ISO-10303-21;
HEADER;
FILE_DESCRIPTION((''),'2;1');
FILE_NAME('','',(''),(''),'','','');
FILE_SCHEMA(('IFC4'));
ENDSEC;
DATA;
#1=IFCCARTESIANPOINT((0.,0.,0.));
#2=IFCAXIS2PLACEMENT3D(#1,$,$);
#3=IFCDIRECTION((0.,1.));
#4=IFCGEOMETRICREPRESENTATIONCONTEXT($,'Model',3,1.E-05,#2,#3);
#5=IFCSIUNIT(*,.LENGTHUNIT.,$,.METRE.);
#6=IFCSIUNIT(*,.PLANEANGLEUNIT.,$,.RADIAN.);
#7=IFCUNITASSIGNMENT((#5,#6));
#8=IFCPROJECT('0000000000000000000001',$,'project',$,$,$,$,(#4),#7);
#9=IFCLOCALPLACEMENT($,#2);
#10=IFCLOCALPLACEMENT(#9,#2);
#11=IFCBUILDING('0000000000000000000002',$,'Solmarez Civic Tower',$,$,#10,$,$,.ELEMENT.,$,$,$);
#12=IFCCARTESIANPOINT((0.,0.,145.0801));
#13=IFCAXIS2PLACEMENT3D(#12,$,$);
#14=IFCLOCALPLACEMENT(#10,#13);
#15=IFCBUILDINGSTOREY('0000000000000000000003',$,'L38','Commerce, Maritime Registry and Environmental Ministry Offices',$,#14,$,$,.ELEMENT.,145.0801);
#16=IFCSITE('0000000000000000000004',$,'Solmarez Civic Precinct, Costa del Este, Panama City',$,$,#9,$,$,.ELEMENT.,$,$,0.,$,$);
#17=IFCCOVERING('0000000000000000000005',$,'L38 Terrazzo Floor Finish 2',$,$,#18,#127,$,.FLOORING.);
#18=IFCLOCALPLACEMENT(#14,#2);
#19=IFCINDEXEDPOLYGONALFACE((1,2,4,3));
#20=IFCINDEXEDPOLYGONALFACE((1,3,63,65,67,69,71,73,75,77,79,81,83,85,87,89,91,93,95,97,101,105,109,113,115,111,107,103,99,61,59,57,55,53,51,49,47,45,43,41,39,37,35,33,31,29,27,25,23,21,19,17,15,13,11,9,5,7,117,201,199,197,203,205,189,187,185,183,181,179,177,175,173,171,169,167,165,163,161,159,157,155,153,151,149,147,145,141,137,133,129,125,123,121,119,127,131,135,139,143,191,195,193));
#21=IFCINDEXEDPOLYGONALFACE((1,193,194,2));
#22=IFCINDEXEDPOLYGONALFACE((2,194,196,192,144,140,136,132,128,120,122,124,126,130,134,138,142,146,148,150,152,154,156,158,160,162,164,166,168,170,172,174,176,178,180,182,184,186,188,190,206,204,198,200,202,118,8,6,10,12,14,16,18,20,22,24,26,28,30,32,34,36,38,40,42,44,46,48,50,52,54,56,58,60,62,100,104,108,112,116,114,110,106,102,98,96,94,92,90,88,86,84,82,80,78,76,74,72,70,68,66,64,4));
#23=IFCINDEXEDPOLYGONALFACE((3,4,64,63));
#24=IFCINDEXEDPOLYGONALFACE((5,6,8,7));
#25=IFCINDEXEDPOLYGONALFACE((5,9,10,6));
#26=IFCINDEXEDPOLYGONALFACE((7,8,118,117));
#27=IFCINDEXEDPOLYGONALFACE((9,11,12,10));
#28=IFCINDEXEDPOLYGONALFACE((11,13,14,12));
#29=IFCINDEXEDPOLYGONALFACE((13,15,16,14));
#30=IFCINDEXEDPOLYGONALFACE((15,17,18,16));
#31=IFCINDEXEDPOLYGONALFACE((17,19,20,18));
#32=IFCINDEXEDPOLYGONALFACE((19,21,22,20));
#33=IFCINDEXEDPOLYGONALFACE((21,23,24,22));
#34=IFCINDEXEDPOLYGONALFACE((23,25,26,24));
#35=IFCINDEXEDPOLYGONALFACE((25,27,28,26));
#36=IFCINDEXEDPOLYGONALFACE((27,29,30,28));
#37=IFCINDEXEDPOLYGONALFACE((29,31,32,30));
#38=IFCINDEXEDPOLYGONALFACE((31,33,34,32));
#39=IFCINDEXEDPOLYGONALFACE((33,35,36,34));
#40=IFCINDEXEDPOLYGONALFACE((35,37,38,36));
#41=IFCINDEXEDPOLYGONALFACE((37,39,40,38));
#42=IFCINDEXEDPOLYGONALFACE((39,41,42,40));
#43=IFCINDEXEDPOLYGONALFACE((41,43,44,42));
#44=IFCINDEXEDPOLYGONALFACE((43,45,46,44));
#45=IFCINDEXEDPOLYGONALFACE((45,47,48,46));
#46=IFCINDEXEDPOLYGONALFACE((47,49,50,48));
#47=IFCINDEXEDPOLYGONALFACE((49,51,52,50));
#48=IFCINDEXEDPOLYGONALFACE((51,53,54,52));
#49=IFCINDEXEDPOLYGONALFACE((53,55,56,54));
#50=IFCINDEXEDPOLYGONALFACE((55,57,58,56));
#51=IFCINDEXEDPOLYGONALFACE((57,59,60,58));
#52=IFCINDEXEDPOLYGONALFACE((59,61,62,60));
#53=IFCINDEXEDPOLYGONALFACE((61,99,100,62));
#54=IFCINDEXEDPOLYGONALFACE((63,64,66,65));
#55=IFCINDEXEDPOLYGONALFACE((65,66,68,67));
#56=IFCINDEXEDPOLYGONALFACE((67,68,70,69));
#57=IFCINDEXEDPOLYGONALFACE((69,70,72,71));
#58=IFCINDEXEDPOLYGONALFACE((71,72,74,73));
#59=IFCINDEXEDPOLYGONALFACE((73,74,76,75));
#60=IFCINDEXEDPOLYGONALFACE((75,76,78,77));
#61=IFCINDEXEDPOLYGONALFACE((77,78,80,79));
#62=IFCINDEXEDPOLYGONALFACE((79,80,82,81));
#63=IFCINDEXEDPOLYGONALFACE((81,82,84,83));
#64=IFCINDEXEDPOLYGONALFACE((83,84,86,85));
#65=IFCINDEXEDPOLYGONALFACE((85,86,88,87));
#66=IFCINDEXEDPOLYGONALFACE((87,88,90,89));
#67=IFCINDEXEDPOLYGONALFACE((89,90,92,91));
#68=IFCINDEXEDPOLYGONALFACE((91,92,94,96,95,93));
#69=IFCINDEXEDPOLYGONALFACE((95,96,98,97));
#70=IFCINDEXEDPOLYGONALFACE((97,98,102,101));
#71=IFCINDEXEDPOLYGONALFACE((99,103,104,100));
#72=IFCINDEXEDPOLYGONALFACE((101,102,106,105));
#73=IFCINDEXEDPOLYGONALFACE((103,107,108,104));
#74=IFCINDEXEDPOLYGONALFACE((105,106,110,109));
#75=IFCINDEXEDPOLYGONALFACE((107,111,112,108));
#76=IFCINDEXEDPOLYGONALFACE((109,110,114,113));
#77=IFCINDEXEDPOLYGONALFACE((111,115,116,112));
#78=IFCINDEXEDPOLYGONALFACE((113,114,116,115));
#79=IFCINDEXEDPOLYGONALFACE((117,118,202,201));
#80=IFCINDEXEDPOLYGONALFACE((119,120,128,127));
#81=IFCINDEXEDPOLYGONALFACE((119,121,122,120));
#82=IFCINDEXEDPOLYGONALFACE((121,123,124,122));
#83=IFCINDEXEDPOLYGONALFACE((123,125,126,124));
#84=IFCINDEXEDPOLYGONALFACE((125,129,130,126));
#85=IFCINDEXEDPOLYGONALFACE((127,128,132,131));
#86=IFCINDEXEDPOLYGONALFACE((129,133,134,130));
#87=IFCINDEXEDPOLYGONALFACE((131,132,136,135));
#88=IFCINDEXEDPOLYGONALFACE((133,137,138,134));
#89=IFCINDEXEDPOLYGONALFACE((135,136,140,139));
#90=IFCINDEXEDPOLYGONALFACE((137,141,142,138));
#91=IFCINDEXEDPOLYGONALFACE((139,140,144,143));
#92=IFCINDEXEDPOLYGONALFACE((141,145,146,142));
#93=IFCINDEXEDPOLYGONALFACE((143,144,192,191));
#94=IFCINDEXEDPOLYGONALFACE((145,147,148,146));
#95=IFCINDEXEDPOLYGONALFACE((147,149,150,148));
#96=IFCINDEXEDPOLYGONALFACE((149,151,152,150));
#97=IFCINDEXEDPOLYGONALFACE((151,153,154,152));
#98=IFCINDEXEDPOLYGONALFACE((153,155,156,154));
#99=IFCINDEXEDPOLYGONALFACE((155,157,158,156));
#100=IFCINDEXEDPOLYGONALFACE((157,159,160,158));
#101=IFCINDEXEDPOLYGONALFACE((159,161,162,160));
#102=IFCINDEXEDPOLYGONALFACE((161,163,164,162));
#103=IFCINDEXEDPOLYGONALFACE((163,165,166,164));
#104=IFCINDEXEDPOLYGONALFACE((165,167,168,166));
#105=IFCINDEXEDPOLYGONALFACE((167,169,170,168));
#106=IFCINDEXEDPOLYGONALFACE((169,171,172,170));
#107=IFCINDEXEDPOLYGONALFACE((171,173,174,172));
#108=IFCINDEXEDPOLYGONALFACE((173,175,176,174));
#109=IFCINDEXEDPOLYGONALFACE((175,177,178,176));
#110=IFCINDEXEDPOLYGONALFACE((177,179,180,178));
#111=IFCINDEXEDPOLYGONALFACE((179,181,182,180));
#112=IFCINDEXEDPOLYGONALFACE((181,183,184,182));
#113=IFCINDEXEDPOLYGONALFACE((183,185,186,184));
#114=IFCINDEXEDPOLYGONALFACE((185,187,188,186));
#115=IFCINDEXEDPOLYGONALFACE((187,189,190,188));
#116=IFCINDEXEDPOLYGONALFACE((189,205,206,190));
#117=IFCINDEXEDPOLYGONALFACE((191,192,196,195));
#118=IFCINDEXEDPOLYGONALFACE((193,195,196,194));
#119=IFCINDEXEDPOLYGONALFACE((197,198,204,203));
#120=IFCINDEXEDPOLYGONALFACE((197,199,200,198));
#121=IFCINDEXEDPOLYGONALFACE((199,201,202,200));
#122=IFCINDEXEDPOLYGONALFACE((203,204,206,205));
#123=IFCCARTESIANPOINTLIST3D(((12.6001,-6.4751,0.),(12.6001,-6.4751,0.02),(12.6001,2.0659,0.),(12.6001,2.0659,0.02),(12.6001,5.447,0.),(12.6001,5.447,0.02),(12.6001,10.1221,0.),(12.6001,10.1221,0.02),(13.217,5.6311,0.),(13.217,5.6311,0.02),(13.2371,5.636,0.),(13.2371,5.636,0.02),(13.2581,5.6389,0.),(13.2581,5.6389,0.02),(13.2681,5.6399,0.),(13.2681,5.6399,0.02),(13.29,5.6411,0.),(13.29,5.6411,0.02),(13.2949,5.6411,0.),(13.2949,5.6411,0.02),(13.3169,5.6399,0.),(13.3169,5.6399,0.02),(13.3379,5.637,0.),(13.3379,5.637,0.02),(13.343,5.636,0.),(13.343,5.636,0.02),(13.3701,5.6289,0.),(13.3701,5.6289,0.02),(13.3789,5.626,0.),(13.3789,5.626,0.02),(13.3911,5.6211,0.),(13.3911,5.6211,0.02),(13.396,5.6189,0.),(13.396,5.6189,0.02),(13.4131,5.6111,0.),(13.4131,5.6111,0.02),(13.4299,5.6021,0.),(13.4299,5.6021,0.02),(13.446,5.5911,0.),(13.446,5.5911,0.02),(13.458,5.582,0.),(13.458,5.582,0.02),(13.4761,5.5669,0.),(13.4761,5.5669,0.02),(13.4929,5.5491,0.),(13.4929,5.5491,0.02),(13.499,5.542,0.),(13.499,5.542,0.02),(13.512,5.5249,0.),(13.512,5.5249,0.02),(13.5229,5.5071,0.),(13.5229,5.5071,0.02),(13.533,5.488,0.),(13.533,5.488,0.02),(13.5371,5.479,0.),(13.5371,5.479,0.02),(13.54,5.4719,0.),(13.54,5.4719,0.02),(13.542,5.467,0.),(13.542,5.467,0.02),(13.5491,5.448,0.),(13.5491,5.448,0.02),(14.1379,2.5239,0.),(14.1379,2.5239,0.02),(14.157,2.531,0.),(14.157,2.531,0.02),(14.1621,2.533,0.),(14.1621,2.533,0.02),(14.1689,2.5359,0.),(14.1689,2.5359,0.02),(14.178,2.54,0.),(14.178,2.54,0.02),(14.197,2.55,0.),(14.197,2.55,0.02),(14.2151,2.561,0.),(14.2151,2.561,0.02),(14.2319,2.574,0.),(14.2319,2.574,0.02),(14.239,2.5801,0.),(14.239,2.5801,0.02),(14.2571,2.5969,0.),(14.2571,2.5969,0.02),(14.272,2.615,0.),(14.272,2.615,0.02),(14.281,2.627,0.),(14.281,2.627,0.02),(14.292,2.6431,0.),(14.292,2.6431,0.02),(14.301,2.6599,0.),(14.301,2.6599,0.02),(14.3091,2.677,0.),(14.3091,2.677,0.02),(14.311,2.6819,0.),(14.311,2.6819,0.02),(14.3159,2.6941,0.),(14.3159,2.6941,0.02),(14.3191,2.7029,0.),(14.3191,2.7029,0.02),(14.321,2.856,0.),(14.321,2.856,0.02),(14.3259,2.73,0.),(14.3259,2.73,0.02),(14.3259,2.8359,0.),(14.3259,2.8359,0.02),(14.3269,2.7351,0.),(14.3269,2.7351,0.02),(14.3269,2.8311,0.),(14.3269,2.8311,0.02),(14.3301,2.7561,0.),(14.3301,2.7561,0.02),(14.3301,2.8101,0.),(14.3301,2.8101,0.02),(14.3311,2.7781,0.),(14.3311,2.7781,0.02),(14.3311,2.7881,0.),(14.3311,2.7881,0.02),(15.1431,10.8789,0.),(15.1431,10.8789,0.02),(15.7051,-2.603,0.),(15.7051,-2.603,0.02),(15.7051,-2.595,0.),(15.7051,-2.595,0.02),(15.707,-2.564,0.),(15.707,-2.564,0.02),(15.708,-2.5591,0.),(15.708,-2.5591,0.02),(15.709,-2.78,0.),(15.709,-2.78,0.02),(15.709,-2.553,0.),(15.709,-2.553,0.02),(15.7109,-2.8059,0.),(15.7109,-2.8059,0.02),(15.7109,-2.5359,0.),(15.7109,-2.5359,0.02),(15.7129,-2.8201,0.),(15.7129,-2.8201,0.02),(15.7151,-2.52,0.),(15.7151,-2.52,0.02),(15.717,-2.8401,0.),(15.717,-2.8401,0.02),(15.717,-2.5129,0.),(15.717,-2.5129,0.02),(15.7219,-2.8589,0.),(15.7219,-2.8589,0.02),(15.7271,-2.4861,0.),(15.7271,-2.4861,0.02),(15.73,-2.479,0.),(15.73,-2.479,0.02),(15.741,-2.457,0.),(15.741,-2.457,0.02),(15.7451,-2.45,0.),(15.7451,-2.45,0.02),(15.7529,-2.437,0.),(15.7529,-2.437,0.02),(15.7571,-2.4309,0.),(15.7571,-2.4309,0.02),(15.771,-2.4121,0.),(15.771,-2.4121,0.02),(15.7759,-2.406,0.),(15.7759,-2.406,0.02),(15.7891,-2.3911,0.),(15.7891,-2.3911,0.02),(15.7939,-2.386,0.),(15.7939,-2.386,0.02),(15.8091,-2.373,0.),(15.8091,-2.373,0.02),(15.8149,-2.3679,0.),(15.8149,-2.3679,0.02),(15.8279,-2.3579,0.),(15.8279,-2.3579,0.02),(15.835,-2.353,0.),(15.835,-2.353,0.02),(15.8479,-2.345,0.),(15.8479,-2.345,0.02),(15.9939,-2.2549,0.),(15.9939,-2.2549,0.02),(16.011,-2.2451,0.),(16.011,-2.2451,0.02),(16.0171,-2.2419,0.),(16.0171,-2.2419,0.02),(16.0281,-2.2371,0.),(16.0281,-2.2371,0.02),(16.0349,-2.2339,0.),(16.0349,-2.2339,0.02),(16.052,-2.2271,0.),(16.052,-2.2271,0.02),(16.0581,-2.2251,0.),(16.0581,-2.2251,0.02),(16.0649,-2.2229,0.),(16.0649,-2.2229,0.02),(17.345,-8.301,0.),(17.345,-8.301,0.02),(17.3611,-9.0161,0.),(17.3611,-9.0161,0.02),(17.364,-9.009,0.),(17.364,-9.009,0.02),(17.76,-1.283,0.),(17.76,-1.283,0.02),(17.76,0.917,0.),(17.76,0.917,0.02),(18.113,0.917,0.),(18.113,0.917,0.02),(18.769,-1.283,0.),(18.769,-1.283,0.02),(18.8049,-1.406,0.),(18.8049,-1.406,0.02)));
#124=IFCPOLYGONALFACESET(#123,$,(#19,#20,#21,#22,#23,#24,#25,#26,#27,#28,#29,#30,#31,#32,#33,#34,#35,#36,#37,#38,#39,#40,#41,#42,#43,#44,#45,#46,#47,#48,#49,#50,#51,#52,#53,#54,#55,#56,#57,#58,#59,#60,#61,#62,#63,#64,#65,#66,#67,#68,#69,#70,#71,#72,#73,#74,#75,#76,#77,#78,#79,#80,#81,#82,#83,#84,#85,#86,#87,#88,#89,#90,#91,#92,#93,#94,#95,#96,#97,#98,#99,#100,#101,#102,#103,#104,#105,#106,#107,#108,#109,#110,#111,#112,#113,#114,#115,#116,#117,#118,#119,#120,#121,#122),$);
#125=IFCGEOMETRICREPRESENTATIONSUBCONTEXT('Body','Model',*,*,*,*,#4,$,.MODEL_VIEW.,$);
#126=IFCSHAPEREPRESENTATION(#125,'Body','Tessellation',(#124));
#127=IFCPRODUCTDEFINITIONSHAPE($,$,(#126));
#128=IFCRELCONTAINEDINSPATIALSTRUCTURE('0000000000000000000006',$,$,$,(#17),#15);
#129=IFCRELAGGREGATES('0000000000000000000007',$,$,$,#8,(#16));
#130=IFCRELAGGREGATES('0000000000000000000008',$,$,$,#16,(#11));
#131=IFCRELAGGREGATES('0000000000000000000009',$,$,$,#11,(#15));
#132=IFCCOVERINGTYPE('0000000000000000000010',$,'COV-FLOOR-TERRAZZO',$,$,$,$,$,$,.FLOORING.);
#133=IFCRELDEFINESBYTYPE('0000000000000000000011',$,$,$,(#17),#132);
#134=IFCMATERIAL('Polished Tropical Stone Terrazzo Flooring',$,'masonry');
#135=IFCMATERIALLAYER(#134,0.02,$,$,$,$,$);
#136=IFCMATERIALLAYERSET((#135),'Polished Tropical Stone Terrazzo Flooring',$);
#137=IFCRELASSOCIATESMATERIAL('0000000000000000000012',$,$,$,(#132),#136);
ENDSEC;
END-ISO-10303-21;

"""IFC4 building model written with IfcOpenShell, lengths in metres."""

from ifc_helpers import new_model, si_unit, direction, frame, origin, place, context, subcontext, project, spatial, polyline, outline, extrude, material, layer, layer_set, type_object, element, save


model = new_model("IFC4")

# Units and contexts
model_context = context("Model", 3, precision=1e-05, world=origin(), true_north=direction((0.0, 1.0)))
body_context = subcontext(model_context, "Body", "Model", "MODEL_VIEW")
ifc_project = project(units=[si_unit("LENGTHUNIT", "METRE"), si_unit("PLANEANGLEUNIT", "RADIAN")], contexts=[model_context])

# Site, building, storey
site_placement = place(None, origin())
site = spatial("IfcSite", under=ifc_project, at=site_placement, Name="Solmarez Civic Precinct, Costa del Este, Panama City", CompositionType="ELEMENT", RefElevation=0.0)
building_placement = place(site_placement, origin())
building = spatial("IfcBuilding", under=site, at=building_placement, Name="Solmarez Civic Tower", CompositionType="ELEMENT")
storey_placement = place(building_placement, frame((0.0, 0.0, 145.0801)))
storey = spatial("IfcBuildingStorey", under=building, at=storey_placement, Name="L38", Description="Commerce, Maritime Registry and Environmental Ministry Offices", CompositionType="ELEMENT", Elevation=145.0801)

# Covering
ifc_material_1 = material(Name="Polished Tropical Stone Terrazzo Flooring", Category="masonry")
ifc_layer_1 = layer(ifc_material_1, 0.02)
ifc_layer_set_1 = layer_set([ifc_layer_1], Name="Polished Tropical Stone Terrazzo Flooring")
covering_type_1 = type_object("IfcCoveringType", Name="COV-FLOOR-TERRAZZO", PredefinedType="FLOORING", material=ifc_layer_set_1)
covering_1_placement = place(storey_placement, origin())
element("IfcCovering", 1, at=covering_1_placement, inside=storey, type_object=covering_type_1, Name="L38 Terrazzo Floor Finish 2", PredefinedType="FLOORING", context=body_context, shape_type="SweptSolid", body=[
    extrude(outline(polyline([(12.6001, 10.1221), (12.6001, 5.447), (13.217, 5.6311), (13.2371, 5.636), (13.2581, 5.6389), (13.2681, 5.6399), (13.29, 5.6411), (13.2949, 5.6411), (13.3169, 5.6399), (13.3379, 5.637), (13.343, 5.636), (13.3701, 5.6289), (13.3789, 5.626), (13.3911, 5.6211), (13.396, 5.6189), (13.4131, 5.6111), (13.4299, 5.6021), (13.446, 5.5911), (13.458, 5.582), (13.4761, 5.5669), (13.4929, 5.5491), (13.499, 5.542), (13.512, 5.5249), (13.5229, 5.5071), (13.533, 5.488), (13.5371, 5.479), (13.54, 5.4719), (13.542, 5.467), (13.5491, 5.448), (14.321, 2.856), (14.3259, 2.8359), (14.3269, 2.8311), (14.3301, 2.8101), (14.3311, 2.7881), (14.3311, 2.7781), (14.3301, 2.7561), (14.3269, 2.7351), (14.3259, 2.73), (14.3191, 2.7029), (14.3159, 2.6941), (14.311, 2.6819), (14.3091, 2.677), (14.301, 2.6599), (14.292, 2.6431), (14.281, 2.627), (14.272, 2.615), (14.2571, 2.5969), (14.239, 2.5801), (14.2319, 2.574), (14.2151, 2.561), (14.197, 2.55), (14.178, 2.54), (14.1689, 2.5359), (14.1621, 2.533), (14.157, 2.531), (14.1379, 2.5239), (12.6001, 2.0659), (12.6001, -6.4751), (17.3611, -9.0161), (17.364, -9.009), (17.345, -8.301), (15.7219, -2.8589), (15.717, -2.8401), (15.7129, -2.8201), (15.7109, -2.8059), (15.709, -2.78), (15.7051, -2.603), (15.7051, -2.595), (15.707, -2.564), (15.708, -2.5591), (15.709, -2.553), (15.7109, -2.5359), (15.7151, -2.52), (15.717, -2.5129), (15.7271, -2.4861), (15.73, -2.479), (15.741, -2.457), (15.7451, -2.45), (15.7529, -2.437), (15.7571, -2.4309), (15.771, -2.4121), (15.7759, -2.406), (15.7891, -2.3911), (15.7939, -2.386), (15.8091, -2.373), (15.8149, -2.3679), (15.8279, -2.3579), (15.835, -2.353), (15.8479, -2.345), (15.9939, -2.2549), (16.011, -2.2451), (16.0171, -2.2419), (16.0281, -2.2371), (16.0349, -2.2339), (16.052, -2.2271), (16.0581, -2.2251), (16.0649, -2.2229), (18.8049, -1.406), (18.769, -1.283), (17.76, -1.283), (17.76, 0.917), (18.113, 0.917), (15.1431, 10.8789), (12.6001, 10.1221)])), origin(), (0.0, 0.0, 1.0), 0.02),
])

save(model, "model.ifc")
